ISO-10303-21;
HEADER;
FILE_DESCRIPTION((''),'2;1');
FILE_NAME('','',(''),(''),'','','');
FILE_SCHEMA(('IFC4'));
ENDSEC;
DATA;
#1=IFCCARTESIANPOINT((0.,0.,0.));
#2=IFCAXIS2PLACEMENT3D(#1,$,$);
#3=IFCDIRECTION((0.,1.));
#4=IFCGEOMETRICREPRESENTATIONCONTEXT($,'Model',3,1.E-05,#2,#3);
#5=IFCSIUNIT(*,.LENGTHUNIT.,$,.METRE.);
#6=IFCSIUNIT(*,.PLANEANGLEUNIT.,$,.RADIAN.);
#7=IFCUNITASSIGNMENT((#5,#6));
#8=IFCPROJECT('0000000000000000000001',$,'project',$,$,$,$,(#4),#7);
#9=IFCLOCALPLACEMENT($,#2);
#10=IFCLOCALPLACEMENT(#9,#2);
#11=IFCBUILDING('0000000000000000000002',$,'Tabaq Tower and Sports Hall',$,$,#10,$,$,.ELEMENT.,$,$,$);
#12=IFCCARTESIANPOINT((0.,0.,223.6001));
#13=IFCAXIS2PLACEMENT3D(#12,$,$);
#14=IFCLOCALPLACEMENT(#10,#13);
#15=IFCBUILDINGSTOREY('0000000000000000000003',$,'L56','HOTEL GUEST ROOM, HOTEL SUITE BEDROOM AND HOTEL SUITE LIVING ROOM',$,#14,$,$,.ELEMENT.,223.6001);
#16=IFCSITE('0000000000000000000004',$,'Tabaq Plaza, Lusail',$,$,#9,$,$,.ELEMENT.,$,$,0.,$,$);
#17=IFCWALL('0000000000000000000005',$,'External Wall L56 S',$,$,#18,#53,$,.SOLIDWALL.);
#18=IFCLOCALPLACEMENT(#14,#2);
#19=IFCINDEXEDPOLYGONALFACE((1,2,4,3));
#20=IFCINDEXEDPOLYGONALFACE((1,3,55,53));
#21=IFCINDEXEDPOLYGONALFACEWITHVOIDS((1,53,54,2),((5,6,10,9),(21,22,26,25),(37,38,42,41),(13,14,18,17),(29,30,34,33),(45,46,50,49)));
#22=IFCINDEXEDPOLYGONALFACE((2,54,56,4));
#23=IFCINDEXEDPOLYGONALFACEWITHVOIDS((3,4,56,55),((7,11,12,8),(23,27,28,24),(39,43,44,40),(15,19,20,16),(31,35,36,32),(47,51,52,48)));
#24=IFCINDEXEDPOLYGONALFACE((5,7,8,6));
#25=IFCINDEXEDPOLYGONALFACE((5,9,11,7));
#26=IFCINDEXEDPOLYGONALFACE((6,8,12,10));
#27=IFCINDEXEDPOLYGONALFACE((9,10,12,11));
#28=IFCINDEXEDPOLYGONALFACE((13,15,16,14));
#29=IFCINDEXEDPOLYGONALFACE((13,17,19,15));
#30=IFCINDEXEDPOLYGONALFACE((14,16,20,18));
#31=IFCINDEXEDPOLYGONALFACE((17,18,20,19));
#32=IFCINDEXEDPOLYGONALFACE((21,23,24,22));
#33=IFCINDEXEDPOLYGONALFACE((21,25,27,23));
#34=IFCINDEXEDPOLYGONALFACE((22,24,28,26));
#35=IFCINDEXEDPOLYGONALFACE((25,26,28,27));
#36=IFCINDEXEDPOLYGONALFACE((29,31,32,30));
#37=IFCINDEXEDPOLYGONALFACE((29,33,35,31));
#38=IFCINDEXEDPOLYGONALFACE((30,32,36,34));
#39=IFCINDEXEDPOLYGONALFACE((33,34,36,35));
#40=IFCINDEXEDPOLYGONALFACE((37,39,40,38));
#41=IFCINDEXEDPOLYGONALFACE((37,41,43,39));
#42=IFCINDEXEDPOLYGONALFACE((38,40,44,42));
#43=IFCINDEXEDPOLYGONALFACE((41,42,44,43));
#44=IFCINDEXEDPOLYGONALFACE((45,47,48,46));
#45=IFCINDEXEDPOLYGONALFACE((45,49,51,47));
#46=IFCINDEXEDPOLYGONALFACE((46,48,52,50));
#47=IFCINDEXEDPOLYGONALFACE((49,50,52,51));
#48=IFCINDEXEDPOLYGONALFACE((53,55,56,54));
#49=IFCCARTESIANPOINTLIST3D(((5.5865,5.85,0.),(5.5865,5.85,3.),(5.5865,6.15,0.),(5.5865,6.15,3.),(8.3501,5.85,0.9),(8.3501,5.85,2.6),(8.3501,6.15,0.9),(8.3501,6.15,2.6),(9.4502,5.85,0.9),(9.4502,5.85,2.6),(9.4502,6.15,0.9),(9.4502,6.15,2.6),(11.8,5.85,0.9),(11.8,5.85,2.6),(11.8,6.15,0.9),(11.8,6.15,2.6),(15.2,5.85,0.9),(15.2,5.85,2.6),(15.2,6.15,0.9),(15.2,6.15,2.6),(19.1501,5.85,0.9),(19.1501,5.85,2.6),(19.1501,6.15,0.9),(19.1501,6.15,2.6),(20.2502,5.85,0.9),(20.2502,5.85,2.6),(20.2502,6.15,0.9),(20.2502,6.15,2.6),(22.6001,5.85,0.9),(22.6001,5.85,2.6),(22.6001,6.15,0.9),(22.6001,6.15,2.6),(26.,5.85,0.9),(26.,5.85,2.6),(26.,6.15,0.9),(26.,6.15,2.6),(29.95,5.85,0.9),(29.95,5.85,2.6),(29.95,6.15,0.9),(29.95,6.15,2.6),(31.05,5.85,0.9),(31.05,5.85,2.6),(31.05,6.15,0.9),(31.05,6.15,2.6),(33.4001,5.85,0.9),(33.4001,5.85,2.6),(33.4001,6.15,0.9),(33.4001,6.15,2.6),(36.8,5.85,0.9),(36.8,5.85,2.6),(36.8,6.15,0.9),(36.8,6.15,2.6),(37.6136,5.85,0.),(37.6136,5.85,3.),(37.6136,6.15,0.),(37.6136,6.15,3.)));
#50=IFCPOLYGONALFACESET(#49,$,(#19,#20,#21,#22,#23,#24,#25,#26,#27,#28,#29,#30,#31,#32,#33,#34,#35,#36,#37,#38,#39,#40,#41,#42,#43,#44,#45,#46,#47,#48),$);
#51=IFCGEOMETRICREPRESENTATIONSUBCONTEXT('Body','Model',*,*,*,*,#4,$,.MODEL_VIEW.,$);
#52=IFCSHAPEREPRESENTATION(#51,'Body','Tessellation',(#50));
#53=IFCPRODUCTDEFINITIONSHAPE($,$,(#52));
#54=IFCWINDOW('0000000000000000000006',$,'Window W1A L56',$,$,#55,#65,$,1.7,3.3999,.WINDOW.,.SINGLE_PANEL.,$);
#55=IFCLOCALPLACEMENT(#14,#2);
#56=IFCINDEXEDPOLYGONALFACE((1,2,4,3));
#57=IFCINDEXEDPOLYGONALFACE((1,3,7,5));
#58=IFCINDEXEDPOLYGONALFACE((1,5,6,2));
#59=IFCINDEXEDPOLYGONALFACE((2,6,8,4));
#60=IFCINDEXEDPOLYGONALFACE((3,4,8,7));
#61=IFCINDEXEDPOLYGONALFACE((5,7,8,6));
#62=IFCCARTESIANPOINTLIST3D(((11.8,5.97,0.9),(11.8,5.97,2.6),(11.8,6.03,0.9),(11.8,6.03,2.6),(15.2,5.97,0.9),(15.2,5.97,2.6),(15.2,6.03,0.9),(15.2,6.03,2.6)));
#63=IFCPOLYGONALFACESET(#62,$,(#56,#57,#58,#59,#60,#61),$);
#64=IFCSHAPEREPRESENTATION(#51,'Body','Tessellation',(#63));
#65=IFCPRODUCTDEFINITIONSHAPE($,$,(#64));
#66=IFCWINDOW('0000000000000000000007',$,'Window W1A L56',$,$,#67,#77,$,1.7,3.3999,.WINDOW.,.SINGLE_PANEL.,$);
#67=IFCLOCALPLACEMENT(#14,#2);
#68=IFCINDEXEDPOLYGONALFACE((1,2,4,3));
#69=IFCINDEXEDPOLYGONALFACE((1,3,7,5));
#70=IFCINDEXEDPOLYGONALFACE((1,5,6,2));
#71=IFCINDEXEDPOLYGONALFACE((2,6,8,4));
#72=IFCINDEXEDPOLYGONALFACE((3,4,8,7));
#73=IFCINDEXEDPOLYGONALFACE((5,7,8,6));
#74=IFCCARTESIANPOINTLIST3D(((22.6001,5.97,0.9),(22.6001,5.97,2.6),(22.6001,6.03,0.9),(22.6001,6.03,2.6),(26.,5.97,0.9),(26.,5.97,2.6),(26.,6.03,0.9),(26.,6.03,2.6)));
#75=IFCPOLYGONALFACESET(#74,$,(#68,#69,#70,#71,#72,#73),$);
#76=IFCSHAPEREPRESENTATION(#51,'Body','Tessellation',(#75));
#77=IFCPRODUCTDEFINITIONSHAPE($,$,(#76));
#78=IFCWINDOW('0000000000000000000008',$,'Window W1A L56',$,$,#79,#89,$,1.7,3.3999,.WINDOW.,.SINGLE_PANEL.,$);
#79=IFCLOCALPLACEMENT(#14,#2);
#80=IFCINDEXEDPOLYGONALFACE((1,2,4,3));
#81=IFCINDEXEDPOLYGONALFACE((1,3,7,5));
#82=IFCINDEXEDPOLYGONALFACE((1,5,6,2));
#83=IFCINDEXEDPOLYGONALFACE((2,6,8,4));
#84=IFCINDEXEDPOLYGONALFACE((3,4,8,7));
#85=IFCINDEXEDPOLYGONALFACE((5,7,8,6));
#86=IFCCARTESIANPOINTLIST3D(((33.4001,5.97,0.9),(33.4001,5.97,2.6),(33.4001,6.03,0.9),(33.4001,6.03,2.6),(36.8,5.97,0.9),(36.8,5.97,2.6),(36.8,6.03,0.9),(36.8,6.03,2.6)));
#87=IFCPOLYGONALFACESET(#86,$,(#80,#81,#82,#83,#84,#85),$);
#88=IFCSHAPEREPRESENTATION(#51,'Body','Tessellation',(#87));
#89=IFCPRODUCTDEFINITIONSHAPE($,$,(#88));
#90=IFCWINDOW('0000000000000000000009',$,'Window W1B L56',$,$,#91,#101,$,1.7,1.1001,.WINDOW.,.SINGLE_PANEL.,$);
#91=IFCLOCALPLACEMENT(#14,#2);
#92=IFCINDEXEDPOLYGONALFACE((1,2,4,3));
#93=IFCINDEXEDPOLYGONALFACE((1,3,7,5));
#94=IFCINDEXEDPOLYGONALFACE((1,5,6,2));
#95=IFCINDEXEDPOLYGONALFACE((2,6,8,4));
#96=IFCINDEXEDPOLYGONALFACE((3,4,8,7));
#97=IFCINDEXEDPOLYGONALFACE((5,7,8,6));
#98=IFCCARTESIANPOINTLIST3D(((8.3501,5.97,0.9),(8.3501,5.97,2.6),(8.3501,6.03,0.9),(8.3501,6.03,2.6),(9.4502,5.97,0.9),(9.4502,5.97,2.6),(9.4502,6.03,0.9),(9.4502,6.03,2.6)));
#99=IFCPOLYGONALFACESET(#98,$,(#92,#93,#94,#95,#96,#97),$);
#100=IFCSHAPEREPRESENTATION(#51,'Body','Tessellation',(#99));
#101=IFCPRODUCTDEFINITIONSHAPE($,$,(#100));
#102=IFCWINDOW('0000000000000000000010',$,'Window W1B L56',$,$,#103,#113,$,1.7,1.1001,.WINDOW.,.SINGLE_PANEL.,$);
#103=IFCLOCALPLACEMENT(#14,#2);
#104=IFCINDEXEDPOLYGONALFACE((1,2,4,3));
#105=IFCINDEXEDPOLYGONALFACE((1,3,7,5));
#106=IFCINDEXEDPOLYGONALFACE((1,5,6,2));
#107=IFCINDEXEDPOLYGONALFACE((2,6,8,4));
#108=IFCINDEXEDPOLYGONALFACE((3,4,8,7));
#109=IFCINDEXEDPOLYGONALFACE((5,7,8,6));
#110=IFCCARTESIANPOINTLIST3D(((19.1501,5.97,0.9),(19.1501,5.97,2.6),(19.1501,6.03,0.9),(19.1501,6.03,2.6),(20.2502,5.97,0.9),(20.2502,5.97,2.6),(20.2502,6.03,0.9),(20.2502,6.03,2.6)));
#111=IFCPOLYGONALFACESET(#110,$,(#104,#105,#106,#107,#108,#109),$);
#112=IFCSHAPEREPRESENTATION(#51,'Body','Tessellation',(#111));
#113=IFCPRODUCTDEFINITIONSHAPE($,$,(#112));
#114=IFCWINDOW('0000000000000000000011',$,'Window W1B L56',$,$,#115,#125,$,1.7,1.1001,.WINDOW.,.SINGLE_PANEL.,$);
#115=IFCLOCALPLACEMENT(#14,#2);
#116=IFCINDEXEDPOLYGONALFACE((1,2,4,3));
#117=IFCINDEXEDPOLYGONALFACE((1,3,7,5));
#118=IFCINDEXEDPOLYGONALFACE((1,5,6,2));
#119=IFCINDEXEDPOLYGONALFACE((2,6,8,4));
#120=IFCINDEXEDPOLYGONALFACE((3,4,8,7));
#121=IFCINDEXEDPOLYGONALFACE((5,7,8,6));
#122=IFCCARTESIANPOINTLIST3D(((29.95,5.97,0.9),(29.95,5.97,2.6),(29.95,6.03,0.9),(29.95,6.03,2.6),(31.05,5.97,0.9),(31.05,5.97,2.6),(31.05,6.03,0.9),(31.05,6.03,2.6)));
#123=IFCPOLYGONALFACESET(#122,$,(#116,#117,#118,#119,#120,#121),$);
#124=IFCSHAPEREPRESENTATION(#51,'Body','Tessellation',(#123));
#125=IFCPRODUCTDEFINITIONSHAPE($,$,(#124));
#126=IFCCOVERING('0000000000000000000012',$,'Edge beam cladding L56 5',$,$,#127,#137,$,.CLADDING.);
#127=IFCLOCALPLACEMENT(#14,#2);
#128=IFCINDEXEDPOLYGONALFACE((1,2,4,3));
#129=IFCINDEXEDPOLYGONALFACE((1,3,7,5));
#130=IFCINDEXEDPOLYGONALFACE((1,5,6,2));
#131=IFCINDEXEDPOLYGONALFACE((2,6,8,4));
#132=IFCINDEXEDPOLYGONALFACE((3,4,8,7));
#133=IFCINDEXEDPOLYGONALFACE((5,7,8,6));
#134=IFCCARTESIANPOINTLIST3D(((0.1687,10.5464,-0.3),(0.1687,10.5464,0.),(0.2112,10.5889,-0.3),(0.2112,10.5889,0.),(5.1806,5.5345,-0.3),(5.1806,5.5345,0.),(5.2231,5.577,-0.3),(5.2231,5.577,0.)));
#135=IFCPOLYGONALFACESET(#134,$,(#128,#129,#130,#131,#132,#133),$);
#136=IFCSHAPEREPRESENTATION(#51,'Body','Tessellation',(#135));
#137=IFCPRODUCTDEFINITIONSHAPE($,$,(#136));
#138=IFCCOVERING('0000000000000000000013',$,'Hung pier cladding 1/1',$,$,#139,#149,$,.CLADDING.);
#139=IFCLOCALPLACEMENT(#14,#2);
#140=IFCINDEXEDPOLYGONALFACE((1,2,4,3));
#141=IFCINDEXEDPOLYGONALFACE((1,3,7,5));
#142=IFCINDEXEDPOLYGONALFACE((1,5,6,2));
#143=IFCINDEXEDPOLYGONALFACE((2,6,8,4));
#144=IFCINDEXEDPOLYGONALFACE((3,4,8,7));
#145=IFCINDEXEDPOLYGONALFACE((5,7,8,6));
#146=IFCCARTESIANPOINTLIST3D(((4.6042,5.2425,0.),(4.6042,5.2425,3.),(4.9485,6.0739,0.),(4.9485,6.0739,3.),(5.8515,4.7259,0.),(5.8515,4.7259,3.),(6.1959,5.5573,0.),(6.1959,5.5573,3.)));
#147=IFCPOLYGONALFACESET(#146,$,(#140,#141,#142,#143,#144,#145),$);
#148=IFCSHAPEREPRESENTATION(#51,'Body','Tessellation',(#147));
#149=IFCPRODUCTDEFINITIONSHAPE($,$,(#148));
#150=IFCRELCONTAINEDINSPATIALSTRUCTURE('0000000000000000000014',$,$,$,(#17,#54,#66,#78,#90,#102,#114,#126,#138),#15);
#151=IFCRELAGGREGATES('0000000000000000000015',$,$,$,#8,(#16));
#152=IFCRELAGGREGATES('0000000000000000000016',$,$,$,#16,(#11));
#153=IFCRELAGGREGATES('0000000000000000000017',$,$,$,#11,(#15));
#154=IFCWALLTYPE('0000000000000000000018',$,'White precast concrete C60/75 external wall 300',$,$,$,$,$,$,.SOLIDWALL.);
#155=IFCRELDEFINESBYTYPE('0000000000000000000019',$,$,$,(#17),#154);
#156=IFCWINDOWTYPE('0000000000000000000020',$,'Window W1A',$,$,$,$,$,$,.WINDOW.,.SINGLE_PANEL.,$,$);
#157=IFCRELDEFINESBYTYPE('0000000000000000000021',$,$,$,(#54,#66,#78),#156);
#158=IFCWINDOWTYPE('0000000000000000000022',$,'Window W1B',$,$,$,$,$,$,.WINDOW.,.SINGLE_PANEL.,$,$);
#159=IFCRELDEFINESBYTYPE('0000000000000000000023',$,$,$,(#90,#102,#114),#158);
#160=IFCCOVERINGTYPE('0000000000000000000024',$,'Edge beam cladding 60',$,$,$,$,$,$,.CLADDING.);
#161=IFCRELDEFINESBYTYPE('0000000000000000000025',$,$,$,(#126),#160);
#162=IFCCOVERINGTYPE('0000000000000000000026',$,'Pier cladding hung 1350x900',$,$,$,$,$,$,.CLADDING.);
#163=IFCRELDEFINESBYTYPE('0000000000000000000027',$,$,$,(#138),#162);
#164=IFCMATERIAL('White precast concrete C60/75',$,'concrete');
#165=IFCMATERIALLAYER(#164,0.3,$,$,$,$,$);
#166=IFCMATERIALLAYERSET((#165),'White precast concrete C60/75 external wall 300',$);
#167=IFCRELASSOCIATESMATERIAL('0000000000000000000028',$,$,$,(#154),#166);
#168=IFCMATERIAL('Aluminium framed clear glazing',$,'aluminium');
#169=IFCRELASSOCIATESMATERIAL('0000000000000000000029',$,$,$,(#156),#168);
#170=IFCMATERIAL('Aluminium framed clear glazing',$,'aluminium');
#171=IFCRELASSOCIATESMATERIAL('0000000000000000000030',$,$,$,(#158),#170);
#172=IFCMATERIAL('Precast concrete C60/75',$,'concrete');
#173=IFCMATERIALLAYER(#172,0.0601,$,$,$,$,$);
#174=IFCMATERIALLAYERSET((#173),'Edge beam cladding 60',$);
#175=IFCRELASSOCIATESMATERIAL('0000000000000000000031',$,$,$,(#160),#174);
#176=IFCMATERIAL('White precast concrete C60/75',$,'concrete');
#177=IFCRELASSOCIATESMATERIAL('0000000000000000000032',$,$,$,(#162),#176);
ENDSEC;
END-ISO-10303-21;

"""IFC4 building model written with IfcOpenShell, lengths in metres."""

from ifc_helpers import new_model, si_unit, direction, frame, frame_2d, origin, place, context, subcontext, project, spatial, rectangle, extrude, material, layer, layer_set, type_object, element, fill, save


model = new_model("IFC4")

# Units and contexts
model_context = context("Model", 3, precision=1e-05, world=origin(), true_north=direction((0.0, 1.0)))
body_context = subcontext(model_context, "Body", "Model", "MODEL_VIEW")
ifc_project = project(units=[si_unit("LENGTHUNIT", "METRE"), si_unit("PLANEANGLEUNIT", "RADIAN")], contexts=[model_context])

# Site, building, storey
site_placement = place(None, origin())
site = spatial("IfcSite", under=ifc_project, at=site_placement, Name="Tabaq Plaza, Lusail", CompositionType="ELEMENT", RefElevation=0.0)
building_placement = place(site_placement, origin())
building = spatial("IfcBuilding", under=site, at=building_placement, Name="Tabaq Tower and Sports Hall", CompositionType="ELEMENT")
storey_placement = place(building_placement, frame((0.0, 0.0, 223.6001)))
storey = spatial("IfcBuildingStorey", under=building, at=storey_placement, Name="L56", Description="HOTEL GUEST ROOM, HOTEL SUITE BEDROOM AND HOTEL SUITE LIVING ROOM", CompositionType="ELEMENT", Elevation=223.6001)

# Wall, openings, windows
ifc_material_1 = material(Name="White precast concrete C60/75", Category="concrete")
ifc_layer_1 = layer(ifc_material_1, 0.3)
ifc_layer_set_1 = layer_set([ifc_layer_1], Name="White precast concrete C60/75 external wall 300")
wall_type_1 = type_object("IfcWallType", Name="White precast concrete C60/75 external wall 300", PredefinedType="SOLIDWALL", material=ifc_layer_set_1)
wall_1_placement = place(storey_placement, frame((5.5864, 6.0, 0.0), z_axis=(0.0, 0.0, 1.0), x_axis=(1.0, 0.0, 0.0)))
wall_1 = element("IfcWall", 1, at=wall_1_placement, inside=storey, type_object=wall_type_1, Name="External Wall L56 S", PredefinedType="SOLIDWALL", context=body_context, shape_type="SweptSolid", body=[
    extrude(rectangle(XDim=32.0271, YDim=0.3, at=frame_2d((16.0137, 0.0))), origin(), (0.0, 0.0, 1.0), 3.0),
])
opening_1_placement = place(wall_1_placement, frame((2.7637, 0.0, 0.8999)))
opening_1 = element("IfcOpeningElement", 2, at=opening_1_placement, cuts=wall_1, PredefinedType="OPENING", context=body_context, shape_type="SweptSolid", body=[
    extrude(rectangle(XDim=1.1001, YDim=1.7, at=frame_2d((0.55, 0.8501))), frame((0.0, 0.1602, 0.0), z_axis=(0.0, -1.0, 0.0), x_axis=(1.0, 0.0, 0.0)), (0.0, 0.0, 1.0), 0.3201),
])
opening_2_placement = place(wall_1_placement, frame((6.2136, 0.0, 0.8999)))
opening_2 = element("IfcOpeningElement", 3, at=opening_2_placement, cuts=wall_1, PredefinedType="OPENING", context=body_context, shape_type="SweptSolid", body=[
    extrude(rectangle(XDim=3.3999, YDim=1.7, at=frame_2d((1.7, 0.8501))), frame((0.0, 0.1602, 0.0), z_axis=(0.0, -1.0, 0.0), x_axis=(1.0, 0.0, 0.0)), (0.0, 0.0, 1.0), 0.3201),
])
opening_3_placement = place(wall_1_placement, frame((13.5637, 0.0, 0.8999)))
opening_3 = element("IfcOpeningElement", 4, at=opening_3_placement, cuts=wall_1, PredefinedType="OPENING", context=body_context, shape_type="SweptSolid", body=[
    extrude(rectangle(XDim=1.1001, YDim=1.7, at=frame_2d((0.55, 0.8501))), frame((0.0, 0.1602, 0.0), z_axis=(0.0, -1.0, 0.0), x_axis=(1.0, 0.0, 0.0)), (0.0, 0.0, 1.0), 0.3201),
])
opening_4_placement = place(wall_1_placement, frame((17.0137, 0.0, 0.8999)))
opening_4 = element("IfcOpeningElement", 5, at=opening_4_placement, cuts=wall_1, PredefinedType="OPENING", context=body_context, shape_type="SweptSolid", body=[
    extrude(rectangle(XDim=3.3999, YDim=1.7, at=frame_2d((1.7, 0.8501))), frame((0.0, 0.1602, 0.0), z_axis=(0.0, -1.0, 0.0), x_axis=(1.0, 0.0, 0.0)), (0.0, 0.0, 1.0), 0.3201),
])
opening_5_placement = place(wall_1_placement, frame((24.3635, 0.0, 0.8999)))
opening_5 = element("IfcOpeningElement", 6, at=opening_5_placement, cuts=wall_1, PredefinedType="OPENING", context=body_context, shape_type="SweptSolid", body=[
    extrude(rectangle(XDim=1.1001, YDim=1.7, at=frame_2d((0.55, 0.8501))), frame((0.0, 0.1602, 0.0), z_axis=(0.0, -1.0, 0.0), x_axis=(1.0, 0.0, 0.0)), (0.0, 0.0, 1.0), 0.3201),
])
opening_6_placement = place(wall_1_placement, frame((27.8137, 0.0, 0.8999)))
opening_6 = element("IfcOpeningElement", 7, at=opening_6_placement, cuts=wall_1, PredefinedType="OPENING", context=body_context, shape_type="SweptSolid", body=[
    extrude(rectangle(XDim=3.3999, YDim=1.7, at=frame_2d((1.7, 0.8501))), frame((0.0, 0.1602, 0.0), z_axis=(0.0, -1.0, 0.0), x_axis=(1.0, 0.0, 0.0)), (0.0, 0.0, 1.0), 0.3201),
])
ifc_material_2 = material(Name="Aluminium framed clear glazing", Category="aluminium")
window_type_1 = type_object("IfcWindowType", Name="Window W1A", PartitioningType="SINGLE_PANEL", PredefinedType="WINDOW", material=ifc_material_2)
window_1_placement = place(opening_2_placement, origin())
window_1 = element("IfcWindow", 8, at=window_1_placement, inside=storey, type_object=window_type_1, Name="Window W1A L56", OverallHeight=1.7, OverallWidth=3.3999, PartitioningType="SINGLE_PANEL", PredefinedType="WINDOW", context=body_context, shape_type="SweptSolid", body=[
    extrude(rectangle(XDim=3.3999, YDim=1.7, at=frame_2d((1.7, 0.8501))), frame((0.0, 0.03, 0.0), z_axis=(0.0, -1.0, 0.0), x_axis=(1.0, 0.0, 0.0)), (0.0, 0.0, 1.0), 0.0601),
])
fill(opening_2, window_1)
window_2_placement = place(opening_4_placement, origin())
window_2 = element("IfcWindow", 9, at=window_2_placement, inside=storey, type_object=window_type_1, Name="Window W1A L56", OverallHeight=1.7, OverallWidth=3.3999, PartitioningType="SINGLE_PANEL", PredefinedType="WINDOW", context=body_context, shape_type="SweptSolid", body=[
    extrude(rectangle(XDim=3.3999, YDim=1.7, at=frame_2d((1.7, 0.8501))), frame((0.0, 0.03, 0.0), z_axis=(0.0, -1.0, 0.0), x_axis=(1.0, 0.0, 0.0)), (0.0, 0.0, 1.0), 0.0601),
])
fill(opening_4, window_2)
window_3_placement = place(opening_6_placement, origin())
window_3 = element("IfcWindow", 10, at=window_3_placement, inside=storey, type_object=window_type_1, Name="Window W1A L56", OverallHeight=1.7, OverallWidth=3.3999, PartitioningType="SINGLE_PANEL", PredefinedType="WINDOW", context=body_context, shape_type="SweptSolid", body=[
    extrude(rectangle(XDim=3.3999, YDim=1.7, at=frame_2d((1.7, 0.8501))), frame((0.0, 0.03, 0.0), z_axis=(0.0, -1.0, 0.0), x_axis=(1.0, 0.0, 0.0)), (0.0, 0.0, 1.0), 0.0601),
])
fill(opening_6, window_3)
ifc_material_3 = material(Name="Aluminium framed clear glazing", Category="aluminium")
window_type_2 = type_object("IfcWindowType", Name="Window W1B", PartitioningType="SINGLE_PANEL", PredefinedType="WINDOW", material=ifc_material_3)
window_4_placement = place(opening_1_placement, origin())
window_4 = element("IfcWindow", 11, at=window_4_placement, inside=storey, type_object=window_type_2, Name="Window W1B L56", OverallHeight=1.7, OverallWidth=1.1001, PartitioningType="SINGLE_PANEL", PredefinedType="WINDOW", context=body_context, shape_type="SweptSolid", body=[
    extrude(rectangle(XDim=1.1001, YDim=1.7, at=frame_2d((0.55, 0.8501))), frame((0.0, 0.03, 0.0), z_axis=(0.0, -1.0, 0.0), x_axis=(1.0, 0.0, 0.0)), (0.0, 0.0, 1.0), 0.0601),
])
fill(opening_1, window_4)
window_5_placement = place(opening_3_placement, origin())
window_5 = element("IfcWindow", 12, at=window_5_placement, inside=storey, type_object=window_type_2, Name="Window W1B L56", OverallHeight=1.7, OverallWidth=1.1001, PartitioningType="SINGLE_PANEL", PredefinedType="WINDOW", context=body_context, shape_type="SweptSolid", body=[
    extrude(rectangle(XDim=1.1001, YDim=1.7, at=frame_2d((0.55, 0.8501))), frame((0.0, 0.03, 0.0), z_axis=(0.0, -1.0, 0.0), x_axis=(1.0, 0.0, 0.0)), (0.0, 0.0, 1.0), 0.0601),
])
fill(opening_3, window_5)
window_6_placement = place(opening_5_placement, origin())
window_6 = element("IfcWindow", 13, at=window_6_placement, inside=storey, type_object=window_type_2, Name="Window W1B L56", OverallHeight=1.7, OverallWidth=1.1001, PartitioningType="SINGLE_PANEL", PredefinedType="WINDOW", context=body_context, shape_type="SweptSolid", body=[
    extrude(rectangle(XDim=1.1001, YDim=1.7, at=frame_2d((0.55, 0.8501))), frame((0.0, 0.03, 0.0), z_axis=(0.0, -1.0, 0.0), x_axis=(1.0, 0.0, 0.0)), (0.0, 0.0, 1.0), 0.0601),
])
fill(opening_5, window_6)

# Coverings
ifc_material_4 = material(Name="Precast concrete C60/75", Category="concrete")
ifc_layer_2 = layer(ifc_material_4, 0.0601)
ifc_layer_set_2 = layer_set([ifc_layer_2], Name="Edge beam cladding 60")
covering_type_1 = type_object("IfcCoveringType", Name="Edge beam cladding 60", PredefinedType="CLADDING", material=ifc_layer_set_2)
covering_1_placement = place(storey_placement, frame((0.1899, 10.5676, -0.3), z_axis=(0.0, 0.0, 1.0), x_axis=(0.707107, -0.707107, 0.0)))
element("IfcCovering", 14, at=covering_1_placement, inside=storey, type_object=covering_type_1, Name="Edge beam cladding L56 5", PredefinedType="CLADDING", context=body_context, shape_type="SweptSolid", body=[
    extrude(rectangle(XDim=7.0879, YDim=0.0601, at=frame_2d((3.5439, 0.0))), origin(), (0.0, 0.0, 1.0), 0.3),
])
ifc_material_5 = material(Name="White precast concrete C60/75", Category="concrete")
covering_type_2 = type_object("IfcCoveringType", Name="Pier cladding hung 1350x900", PredefinedType="CLADDING", material=ifc_material_5)
covering_2_placement = place(storey_placement, frame((4.7764, 5.6582, 0.0), z_axis=(0.0, 0.0, 1.0), x_axis=(0.923893, -0.38265, 0.0)))
element("IfcCovering", 15, at=covering_2_placement, inside=storey, type_object=covering_type_2, Name="Hung pier cladding 1/1", PredefinedType="CLADDING", context=body_context, shape_type="SweptSolid", body=[
    extrude(rectangle(XDim=1.3501, YDim=0.8999, at=frame_2d((0.675, 0.0))), origin(), (0.0, 0.0, 1.0), 3.0),
])

save(model, "model.ifc")
